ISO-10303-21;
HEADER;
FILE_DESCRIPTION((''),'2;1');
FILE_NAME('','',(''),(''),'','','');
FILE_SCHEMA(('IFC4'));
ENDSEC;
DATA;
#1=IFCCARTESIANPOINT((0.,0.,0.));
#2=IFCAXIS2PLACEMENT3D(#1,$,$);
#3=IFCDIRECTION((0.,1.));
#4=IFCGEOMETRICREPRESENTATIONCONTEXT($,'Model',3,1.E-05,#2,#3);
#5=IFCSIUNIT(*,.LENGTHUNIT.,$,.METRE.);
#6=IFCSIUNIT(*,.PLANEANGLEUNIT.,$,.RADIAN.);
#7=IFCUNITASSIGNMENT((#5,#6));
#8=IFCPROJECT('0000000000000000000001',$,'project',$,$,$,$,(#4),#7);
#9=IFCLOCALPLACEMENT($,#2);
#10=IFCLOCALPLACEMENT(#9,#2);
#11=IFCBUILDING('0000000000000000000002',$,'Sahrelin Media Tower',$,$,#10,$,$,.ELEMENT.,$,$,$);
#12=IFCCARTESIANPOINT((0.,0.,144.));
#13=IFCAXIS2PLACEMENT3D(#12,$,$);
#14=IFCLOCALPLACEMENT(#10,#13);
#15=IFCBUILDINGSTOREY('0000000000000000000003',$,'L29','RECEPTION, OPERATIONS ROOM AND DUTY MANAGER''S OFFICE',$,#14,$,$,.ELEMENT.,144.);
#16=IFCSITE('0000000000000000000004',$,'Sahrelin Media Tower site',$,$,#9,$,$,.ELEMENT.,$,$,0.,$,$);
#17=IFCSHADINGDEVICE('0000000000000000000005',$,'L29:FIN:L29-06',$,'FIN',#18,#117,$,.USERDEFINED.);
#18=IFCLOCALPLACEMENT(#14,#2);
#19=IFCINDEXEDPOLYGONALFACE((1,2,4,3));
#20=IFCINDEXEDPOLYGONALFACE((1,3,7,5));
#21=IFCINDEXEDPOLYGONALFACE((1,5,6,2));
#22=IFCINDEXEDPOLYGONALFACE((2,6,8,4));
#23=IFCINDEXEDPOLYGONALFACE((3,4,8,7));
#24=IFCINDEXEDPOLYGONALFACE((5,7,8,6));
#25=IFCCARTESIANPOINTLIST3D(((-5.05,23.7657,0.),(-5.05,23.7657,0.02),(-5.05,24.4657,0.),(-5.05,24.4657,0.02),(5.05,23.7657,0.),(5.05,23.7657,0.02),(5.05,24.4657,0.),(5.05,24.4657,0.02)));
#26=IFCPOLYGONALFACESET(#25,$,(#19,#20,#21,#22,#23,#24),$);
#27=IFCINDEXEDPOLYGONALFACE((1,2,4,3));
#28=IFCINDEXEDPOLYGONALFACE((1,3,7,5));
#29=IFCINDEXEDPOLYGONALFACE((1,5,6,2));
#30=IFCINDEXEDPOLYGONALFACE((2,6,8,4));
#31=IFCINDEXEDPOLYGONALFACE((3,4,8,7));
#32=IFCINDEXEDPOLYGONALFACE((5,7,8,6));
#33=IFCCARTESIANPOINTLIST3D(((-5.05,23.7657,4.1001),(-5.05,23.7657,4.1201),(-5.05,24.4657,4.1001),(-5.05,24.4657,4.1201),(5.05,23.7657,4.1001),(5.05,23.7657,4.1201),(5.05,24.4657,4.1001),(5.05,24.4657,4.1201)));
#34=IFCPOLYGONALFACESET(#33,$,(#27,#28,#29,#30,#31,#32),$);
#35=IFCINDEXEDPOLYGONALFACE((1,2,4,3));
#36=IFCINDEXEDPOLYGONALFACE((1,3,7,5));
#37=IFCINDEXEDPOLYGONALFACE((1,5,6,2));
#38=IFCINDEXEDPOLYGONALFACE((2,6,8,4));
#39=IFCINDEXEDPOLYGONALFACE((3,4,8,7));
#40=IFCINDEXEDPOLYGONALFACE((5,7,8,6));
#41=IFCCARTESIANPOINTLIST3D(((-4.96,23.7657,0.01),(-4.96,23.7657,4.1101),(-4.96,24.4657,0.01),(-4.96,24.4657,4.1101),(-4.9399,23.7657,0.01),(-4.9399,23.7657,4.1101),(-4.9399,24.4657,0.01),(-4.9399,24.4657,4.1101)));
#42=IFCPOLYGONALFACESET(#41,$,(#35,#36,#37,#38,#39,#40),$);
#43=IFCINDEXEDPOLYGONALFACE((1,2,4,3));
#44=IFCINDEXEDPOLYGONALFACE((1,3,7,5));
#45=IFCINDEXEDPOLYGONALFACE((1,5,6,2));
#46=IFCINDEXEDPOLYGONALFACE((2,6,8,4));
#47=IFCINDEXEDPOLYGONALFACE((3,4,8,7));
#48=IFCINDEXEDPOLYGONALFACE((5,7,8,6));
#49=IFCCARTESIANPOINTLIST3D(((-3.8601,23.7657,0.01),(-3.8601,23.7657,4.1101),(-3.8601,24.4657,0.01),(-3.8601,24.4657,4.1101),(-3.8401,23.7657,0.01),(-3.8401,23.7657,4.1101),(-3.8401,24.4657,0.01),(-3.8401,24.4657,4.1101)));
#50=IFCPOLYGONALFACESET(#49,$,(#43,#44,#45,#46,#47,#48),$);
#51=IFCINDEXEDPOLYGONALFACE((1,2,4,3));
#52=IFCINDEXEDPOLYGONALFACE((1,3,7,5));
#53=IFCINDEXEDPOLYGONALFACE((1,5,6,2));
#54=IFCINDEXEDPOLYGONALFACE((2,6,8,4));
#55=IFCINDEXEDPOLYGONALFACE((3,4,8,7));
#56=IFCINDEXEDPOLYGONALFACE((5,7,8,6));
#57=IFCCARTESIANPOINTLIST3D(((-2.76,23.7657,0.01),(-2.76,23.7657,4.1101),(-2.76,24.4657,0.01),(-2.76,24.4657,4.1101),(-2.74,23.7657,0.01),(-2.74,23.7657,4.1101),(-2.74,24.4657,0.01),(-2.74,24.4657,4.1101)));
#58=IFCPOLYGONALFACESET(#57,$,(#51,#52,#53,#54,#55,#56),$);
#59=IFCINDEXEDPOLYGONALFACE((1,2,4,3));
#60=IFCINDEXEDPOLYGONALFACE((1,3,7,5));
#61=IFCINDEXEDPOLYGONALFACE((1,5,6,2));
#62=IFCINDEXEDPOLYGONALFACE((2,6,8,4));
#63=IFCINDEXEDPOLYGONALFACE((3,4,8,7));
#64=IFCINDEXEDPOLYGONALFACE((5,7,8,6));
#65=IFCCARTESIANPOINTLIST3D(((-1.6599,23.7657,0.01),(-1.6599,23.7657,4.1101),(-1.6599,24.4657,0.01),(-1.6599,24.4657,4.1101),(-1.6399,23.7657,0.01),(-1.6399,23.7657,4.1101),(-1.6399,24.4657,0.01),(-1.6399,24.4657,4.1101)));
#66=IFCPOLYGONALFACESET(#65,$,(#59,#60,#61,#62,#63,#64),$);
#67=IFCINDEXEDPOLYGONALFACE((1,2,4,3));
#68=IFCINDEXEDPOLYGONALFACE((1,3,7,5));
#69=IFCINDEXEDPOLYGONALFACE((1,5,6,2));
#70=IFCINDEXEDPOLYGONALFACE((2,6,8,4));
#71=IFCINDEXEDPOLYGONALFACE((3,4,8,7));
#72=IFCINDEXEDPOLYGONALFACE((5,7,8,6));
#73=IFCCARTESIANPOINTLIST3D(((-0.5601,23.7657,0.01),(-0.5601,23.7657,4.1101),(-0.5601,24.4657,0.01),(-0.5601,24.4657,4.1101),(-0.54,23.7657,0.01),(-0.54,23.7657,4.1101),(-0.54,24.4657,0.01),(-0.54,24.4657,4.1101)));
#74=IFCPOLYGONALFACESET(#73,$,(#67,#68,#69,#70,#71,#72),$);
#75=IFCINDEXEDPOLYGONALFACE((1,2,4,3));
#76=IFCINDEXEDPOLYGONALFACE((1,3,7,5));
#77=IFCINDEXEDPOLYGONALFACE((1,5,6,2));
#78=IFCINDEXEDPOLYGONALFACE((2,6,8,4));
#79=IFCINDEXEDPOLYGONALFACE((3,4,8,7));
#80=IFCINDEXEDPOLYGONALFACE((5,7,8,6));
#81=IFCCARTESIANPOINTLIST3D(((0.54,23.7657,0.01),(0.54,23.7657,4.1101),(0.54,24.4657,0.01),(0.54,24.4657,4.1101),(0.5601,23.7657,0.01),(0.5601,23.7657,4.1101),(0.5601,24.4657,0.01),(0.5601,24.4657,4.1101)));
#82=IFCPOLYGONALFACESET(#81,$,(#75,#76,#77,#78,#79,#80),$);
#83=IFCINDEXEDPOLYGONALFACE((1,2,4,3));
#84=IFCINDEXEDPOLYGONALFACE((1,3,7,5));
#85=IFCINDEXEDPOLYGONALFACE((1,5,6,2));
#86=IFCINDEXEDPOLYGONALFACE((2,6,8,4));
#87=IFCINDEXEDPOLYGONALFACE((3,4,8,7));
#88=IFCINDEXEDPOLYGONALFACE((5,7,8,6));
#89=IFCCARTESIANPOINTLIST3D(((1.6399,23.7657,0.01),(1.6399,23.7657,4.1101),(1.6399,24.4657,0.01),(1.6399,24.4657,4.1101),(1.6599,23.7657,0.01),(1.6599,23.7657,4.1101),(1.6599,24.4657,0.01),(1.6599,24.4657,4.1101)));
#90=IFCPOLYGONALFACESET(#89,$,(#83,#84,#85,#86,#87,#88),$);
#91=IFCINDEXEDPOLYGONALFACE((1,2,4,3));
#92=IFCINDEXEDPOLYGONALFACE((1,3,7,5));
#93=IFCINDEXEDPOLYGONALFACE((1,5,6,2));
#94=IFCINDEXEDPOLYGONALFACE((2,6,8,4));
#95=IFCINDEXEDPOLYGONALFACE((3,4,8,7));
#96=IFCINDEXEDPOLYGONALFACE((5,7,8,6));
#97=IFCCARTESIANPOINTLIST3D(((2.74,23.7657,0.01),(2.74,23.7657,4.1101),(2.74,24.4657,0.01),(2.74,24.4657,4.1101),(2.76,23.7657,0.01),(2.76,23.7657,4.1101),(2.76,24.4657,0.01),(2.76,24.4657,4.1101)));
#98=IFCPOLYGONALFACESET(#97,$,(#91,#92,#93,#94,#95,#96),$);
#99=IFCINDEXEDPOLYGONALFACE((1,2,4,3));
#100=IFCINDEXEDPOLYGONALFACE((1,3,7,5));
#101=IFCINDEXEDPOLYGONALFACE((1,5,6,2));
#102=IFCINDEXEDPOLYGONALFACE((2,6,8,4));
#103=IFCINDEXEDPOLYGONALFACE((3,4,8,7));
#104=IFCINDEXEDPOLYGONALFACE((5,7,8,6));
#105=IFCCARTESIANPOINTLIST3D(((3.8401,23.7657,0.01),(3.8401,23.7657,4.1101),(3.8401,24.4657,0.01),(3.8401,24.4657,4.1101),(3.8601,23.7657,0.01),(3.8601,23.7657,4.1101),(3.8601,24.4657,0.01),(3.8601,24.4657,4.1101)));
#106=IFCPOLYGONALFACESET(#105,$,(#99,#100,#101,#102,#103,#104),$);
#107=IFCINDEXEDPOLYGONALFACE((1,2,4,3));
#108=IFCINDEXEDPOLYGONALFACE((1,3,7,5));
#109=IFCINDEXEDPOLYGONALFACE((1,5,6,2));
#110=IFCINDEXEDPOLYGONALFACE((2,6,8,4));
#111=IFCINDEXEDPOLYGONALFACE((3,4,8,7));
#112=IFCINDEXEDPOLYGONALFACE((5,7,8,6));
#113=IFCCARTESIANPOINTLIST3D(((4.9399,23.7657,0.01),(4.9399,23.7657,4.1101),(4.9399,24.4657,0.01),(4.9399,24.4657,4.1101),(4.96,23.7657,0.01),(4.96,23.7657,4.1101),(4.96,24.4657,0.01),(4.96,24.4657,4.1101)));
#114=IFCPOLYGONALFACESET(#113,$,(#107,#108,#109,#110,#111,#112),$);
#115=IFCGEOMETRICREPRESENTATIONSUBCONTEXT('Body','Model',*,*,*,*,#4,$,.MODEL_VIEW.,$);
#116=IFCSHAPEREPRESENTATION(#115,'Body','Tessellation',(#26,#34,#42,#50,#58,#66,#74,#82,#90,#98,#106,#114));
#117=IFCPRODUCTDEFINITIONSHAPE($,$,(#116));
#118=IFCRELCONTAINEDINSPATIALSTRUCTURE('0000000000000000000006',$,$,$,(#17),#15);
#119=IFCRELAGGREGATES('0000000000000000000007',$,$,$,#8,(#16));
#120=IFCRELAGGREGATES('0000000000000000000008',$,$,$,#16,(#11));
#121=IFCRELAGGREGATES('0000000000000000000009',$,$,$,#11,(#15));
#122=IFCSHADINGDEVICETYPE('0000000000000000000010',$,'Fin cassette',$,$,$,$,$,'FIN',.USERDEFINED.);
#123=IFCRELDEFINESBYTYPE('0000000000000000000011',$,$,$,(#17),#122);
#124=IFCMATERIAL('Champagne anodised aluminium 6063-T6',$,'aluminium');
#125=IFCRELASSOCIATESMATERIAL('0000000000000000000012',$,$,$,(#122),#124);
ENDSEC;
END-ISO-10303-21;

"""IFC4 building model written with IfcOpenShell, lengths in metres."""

from ifc_helpers import new_model, si_unit, direction, frame, origin, origin_2d, place, context, subcontext, project, spatial, rectangle, extrude, material, type_object, element, save


model = new_model("IFC4")

# Units and contexts
model_context = context("Model", 3, precision=1e-05, world=origin(), true_north=direction((0.0, 1.0)))
body_context = subcontext(model_context, "Body", "Model", "MODEL_VIEW")
ifc_project = project(units=[si_unit("LENGTHUNIT", "METRE"), si_unit("PLANEANGLEUNIT", "RADIAN")], contexts=[model_context])

# Site, building, storey
site_placement = place(None, origin())
site = spatial("IfcSite", under=ifc_project, at=site_placement, Name="Sahrelin Media Tower site", CompositionType="ELEMENT", RefElevation=0.0)
building_placement = place(site_placement, origin())
building = spatial("IfcBuilding", under=site, at=building_placement, Name="Sahrelin Media Tower", CompositionType="ELEMENT")
storey_placement = place(building_placement, frame((0.0, 0.0, 144.0)))
storey = spatial("IfcBuildingStorey", under=building, at=storey_placement, Name="L29", Description="RECEPTION, OPERATIONS ROOM AND DUTY MANAGER'S OFFICE", CompositionType="ELEMENT", Elevation=144.0)

# Shared definitions
ifc_material_1 = material(Name="Champagne anodised aluminium 6063-T6", Category="aluminium")

# Shared definitions
placement_1 = place(storey_placement, frame((0.0, 23.6958, 0.0), z_axis=(0.0, 0.0, 1.0), x_axis=(1.0, 0.0, 0.0)))

# Shading device
shading_device_type_1 = type_object("IfcShadingDeviceType", Name="Fin cassette", ElementType="FIN", PredefinedType="USERDEFINED", material=ifc_material_1)
element("IfcShadingDevice", 1, at=placement_1, inside=storey, type_object=shading_device_type_1, Name="L29:FIN:L29-06", ObjectType="FIN", PredefinedType="USERDEFINED", context=body_context, shape_type="SweptSolid", body=[
    extrude(rectangle(XDim=10.1001, YDim=0.7, at=origin_2d()), frame((0.0, 0.4199, 0.0)), (0.0, 0.0, 1.0), 0.02),
    extrude(rectangle(XDim=10.1001, YDim=0.7, at=origin_2d()), frame((0.0, 0.4199, 4.1001)), (0.0, 0.0, 1.0), 0.02),
    extrude(rectangle(XDim=0.02, YDim=0.7, at=origin_2d()), frame((-4.95, 0.4199, 0.01), z_axis=(0.0, 0.0, 1.0), x_axis=(1.0, 0.0, 0.0)), (0.0, 0.0, 1.0), 4.1001),
    extrude(rectangle(XDim=0.02, YDim=0.7, at=origin_2d()), frame((-3.8501, 0.4199, 0.01), z_axis=(0.0, 0.0, 1.0), x_axis=(1.0, 0.0, 0.0)), (0.0, 0.0, 1.0), 4.1001),
    extrude(rectangle(XDim=0.02, YDim=0.7, at=origin_2d()), frame((-2.75, 0.4199, 0.01), z_axis=(0.0, 0.0, 1.0), x_axis=(1.0, 0.0, 0.0)), (0.0, 0.0, 1.0), 4.1001),
    extrude(rectangle(XDim=0.02, YDim=0.7, at=origin_2d()), frame((-1.6499, 0.4199, 0.01), z_axis=(0.0, 0.0, 1.0), x_axis=(1.0, 0.0, 0.0)), (0.0, 0.0, 1.0), 4.1001),
    extrude(rectangle(XDim=0.02, YDim=0.7, at=origin_2d()), frame((-0.55, 0.4199, 0.01), z_axis=(0.0, 0.0, 1.0), x_axis=(1.0, 0.0, 0.0)), (0.0, 0.0, 1.0), 4.1001),
    extrude(rectangle(XDim=0.02, YDim=0.7, at=origin_2d()), frame((0.55, 0.4199, 0.01), z_axis=(0.0, 0.0, 1.0), x_axis=(1.0, 0.0, 0.0)), (0.0, 0.0, 1.0), 4.1001),
    extrude(rectangle(XDim=0.02, YDim=0.7, at=origin_2d()), frame((1.6499, 0.4199, 0.01), z_axis=(0.0, 0.0, 1.0), x_axis=(1.0, 0.0, 0.0)), (0.0, 0.0, 1.0), 4.1001),
    extrude(rectangle(XDim=0.02, YDim=0.7, at=origin_2d()), frame((2.75, 0.4199, 0.01), z_axis=(0.0, 0.0, 1.0), x_axis=(1.0, 0.0, 0.0)), (0.0, 0.0, 1.0), 4.1001),
    extrude(rectangle(XDim=0.02, YDim=0.7, at=origin_2d()), frame((3.8501, 0.4199, 0.01), z_axis=(0.0, 0.0, 1.0), x_axis=(1.0, 0.0, 0.0)), (0.0, 0.0, 1.0), 4.1001),
    extrude(rectangle(XDim=0.02, YDim=0.7, at=origin_2d()), frame((4.95, 0.4199, 0.01), z_axis=(0.0, 0.0, 1.0), x_axis=(1.0, 0.0, 0.0)), (0.0, 0.0, 1.0), 4.1001),
])

save(model, "model.ifc")
